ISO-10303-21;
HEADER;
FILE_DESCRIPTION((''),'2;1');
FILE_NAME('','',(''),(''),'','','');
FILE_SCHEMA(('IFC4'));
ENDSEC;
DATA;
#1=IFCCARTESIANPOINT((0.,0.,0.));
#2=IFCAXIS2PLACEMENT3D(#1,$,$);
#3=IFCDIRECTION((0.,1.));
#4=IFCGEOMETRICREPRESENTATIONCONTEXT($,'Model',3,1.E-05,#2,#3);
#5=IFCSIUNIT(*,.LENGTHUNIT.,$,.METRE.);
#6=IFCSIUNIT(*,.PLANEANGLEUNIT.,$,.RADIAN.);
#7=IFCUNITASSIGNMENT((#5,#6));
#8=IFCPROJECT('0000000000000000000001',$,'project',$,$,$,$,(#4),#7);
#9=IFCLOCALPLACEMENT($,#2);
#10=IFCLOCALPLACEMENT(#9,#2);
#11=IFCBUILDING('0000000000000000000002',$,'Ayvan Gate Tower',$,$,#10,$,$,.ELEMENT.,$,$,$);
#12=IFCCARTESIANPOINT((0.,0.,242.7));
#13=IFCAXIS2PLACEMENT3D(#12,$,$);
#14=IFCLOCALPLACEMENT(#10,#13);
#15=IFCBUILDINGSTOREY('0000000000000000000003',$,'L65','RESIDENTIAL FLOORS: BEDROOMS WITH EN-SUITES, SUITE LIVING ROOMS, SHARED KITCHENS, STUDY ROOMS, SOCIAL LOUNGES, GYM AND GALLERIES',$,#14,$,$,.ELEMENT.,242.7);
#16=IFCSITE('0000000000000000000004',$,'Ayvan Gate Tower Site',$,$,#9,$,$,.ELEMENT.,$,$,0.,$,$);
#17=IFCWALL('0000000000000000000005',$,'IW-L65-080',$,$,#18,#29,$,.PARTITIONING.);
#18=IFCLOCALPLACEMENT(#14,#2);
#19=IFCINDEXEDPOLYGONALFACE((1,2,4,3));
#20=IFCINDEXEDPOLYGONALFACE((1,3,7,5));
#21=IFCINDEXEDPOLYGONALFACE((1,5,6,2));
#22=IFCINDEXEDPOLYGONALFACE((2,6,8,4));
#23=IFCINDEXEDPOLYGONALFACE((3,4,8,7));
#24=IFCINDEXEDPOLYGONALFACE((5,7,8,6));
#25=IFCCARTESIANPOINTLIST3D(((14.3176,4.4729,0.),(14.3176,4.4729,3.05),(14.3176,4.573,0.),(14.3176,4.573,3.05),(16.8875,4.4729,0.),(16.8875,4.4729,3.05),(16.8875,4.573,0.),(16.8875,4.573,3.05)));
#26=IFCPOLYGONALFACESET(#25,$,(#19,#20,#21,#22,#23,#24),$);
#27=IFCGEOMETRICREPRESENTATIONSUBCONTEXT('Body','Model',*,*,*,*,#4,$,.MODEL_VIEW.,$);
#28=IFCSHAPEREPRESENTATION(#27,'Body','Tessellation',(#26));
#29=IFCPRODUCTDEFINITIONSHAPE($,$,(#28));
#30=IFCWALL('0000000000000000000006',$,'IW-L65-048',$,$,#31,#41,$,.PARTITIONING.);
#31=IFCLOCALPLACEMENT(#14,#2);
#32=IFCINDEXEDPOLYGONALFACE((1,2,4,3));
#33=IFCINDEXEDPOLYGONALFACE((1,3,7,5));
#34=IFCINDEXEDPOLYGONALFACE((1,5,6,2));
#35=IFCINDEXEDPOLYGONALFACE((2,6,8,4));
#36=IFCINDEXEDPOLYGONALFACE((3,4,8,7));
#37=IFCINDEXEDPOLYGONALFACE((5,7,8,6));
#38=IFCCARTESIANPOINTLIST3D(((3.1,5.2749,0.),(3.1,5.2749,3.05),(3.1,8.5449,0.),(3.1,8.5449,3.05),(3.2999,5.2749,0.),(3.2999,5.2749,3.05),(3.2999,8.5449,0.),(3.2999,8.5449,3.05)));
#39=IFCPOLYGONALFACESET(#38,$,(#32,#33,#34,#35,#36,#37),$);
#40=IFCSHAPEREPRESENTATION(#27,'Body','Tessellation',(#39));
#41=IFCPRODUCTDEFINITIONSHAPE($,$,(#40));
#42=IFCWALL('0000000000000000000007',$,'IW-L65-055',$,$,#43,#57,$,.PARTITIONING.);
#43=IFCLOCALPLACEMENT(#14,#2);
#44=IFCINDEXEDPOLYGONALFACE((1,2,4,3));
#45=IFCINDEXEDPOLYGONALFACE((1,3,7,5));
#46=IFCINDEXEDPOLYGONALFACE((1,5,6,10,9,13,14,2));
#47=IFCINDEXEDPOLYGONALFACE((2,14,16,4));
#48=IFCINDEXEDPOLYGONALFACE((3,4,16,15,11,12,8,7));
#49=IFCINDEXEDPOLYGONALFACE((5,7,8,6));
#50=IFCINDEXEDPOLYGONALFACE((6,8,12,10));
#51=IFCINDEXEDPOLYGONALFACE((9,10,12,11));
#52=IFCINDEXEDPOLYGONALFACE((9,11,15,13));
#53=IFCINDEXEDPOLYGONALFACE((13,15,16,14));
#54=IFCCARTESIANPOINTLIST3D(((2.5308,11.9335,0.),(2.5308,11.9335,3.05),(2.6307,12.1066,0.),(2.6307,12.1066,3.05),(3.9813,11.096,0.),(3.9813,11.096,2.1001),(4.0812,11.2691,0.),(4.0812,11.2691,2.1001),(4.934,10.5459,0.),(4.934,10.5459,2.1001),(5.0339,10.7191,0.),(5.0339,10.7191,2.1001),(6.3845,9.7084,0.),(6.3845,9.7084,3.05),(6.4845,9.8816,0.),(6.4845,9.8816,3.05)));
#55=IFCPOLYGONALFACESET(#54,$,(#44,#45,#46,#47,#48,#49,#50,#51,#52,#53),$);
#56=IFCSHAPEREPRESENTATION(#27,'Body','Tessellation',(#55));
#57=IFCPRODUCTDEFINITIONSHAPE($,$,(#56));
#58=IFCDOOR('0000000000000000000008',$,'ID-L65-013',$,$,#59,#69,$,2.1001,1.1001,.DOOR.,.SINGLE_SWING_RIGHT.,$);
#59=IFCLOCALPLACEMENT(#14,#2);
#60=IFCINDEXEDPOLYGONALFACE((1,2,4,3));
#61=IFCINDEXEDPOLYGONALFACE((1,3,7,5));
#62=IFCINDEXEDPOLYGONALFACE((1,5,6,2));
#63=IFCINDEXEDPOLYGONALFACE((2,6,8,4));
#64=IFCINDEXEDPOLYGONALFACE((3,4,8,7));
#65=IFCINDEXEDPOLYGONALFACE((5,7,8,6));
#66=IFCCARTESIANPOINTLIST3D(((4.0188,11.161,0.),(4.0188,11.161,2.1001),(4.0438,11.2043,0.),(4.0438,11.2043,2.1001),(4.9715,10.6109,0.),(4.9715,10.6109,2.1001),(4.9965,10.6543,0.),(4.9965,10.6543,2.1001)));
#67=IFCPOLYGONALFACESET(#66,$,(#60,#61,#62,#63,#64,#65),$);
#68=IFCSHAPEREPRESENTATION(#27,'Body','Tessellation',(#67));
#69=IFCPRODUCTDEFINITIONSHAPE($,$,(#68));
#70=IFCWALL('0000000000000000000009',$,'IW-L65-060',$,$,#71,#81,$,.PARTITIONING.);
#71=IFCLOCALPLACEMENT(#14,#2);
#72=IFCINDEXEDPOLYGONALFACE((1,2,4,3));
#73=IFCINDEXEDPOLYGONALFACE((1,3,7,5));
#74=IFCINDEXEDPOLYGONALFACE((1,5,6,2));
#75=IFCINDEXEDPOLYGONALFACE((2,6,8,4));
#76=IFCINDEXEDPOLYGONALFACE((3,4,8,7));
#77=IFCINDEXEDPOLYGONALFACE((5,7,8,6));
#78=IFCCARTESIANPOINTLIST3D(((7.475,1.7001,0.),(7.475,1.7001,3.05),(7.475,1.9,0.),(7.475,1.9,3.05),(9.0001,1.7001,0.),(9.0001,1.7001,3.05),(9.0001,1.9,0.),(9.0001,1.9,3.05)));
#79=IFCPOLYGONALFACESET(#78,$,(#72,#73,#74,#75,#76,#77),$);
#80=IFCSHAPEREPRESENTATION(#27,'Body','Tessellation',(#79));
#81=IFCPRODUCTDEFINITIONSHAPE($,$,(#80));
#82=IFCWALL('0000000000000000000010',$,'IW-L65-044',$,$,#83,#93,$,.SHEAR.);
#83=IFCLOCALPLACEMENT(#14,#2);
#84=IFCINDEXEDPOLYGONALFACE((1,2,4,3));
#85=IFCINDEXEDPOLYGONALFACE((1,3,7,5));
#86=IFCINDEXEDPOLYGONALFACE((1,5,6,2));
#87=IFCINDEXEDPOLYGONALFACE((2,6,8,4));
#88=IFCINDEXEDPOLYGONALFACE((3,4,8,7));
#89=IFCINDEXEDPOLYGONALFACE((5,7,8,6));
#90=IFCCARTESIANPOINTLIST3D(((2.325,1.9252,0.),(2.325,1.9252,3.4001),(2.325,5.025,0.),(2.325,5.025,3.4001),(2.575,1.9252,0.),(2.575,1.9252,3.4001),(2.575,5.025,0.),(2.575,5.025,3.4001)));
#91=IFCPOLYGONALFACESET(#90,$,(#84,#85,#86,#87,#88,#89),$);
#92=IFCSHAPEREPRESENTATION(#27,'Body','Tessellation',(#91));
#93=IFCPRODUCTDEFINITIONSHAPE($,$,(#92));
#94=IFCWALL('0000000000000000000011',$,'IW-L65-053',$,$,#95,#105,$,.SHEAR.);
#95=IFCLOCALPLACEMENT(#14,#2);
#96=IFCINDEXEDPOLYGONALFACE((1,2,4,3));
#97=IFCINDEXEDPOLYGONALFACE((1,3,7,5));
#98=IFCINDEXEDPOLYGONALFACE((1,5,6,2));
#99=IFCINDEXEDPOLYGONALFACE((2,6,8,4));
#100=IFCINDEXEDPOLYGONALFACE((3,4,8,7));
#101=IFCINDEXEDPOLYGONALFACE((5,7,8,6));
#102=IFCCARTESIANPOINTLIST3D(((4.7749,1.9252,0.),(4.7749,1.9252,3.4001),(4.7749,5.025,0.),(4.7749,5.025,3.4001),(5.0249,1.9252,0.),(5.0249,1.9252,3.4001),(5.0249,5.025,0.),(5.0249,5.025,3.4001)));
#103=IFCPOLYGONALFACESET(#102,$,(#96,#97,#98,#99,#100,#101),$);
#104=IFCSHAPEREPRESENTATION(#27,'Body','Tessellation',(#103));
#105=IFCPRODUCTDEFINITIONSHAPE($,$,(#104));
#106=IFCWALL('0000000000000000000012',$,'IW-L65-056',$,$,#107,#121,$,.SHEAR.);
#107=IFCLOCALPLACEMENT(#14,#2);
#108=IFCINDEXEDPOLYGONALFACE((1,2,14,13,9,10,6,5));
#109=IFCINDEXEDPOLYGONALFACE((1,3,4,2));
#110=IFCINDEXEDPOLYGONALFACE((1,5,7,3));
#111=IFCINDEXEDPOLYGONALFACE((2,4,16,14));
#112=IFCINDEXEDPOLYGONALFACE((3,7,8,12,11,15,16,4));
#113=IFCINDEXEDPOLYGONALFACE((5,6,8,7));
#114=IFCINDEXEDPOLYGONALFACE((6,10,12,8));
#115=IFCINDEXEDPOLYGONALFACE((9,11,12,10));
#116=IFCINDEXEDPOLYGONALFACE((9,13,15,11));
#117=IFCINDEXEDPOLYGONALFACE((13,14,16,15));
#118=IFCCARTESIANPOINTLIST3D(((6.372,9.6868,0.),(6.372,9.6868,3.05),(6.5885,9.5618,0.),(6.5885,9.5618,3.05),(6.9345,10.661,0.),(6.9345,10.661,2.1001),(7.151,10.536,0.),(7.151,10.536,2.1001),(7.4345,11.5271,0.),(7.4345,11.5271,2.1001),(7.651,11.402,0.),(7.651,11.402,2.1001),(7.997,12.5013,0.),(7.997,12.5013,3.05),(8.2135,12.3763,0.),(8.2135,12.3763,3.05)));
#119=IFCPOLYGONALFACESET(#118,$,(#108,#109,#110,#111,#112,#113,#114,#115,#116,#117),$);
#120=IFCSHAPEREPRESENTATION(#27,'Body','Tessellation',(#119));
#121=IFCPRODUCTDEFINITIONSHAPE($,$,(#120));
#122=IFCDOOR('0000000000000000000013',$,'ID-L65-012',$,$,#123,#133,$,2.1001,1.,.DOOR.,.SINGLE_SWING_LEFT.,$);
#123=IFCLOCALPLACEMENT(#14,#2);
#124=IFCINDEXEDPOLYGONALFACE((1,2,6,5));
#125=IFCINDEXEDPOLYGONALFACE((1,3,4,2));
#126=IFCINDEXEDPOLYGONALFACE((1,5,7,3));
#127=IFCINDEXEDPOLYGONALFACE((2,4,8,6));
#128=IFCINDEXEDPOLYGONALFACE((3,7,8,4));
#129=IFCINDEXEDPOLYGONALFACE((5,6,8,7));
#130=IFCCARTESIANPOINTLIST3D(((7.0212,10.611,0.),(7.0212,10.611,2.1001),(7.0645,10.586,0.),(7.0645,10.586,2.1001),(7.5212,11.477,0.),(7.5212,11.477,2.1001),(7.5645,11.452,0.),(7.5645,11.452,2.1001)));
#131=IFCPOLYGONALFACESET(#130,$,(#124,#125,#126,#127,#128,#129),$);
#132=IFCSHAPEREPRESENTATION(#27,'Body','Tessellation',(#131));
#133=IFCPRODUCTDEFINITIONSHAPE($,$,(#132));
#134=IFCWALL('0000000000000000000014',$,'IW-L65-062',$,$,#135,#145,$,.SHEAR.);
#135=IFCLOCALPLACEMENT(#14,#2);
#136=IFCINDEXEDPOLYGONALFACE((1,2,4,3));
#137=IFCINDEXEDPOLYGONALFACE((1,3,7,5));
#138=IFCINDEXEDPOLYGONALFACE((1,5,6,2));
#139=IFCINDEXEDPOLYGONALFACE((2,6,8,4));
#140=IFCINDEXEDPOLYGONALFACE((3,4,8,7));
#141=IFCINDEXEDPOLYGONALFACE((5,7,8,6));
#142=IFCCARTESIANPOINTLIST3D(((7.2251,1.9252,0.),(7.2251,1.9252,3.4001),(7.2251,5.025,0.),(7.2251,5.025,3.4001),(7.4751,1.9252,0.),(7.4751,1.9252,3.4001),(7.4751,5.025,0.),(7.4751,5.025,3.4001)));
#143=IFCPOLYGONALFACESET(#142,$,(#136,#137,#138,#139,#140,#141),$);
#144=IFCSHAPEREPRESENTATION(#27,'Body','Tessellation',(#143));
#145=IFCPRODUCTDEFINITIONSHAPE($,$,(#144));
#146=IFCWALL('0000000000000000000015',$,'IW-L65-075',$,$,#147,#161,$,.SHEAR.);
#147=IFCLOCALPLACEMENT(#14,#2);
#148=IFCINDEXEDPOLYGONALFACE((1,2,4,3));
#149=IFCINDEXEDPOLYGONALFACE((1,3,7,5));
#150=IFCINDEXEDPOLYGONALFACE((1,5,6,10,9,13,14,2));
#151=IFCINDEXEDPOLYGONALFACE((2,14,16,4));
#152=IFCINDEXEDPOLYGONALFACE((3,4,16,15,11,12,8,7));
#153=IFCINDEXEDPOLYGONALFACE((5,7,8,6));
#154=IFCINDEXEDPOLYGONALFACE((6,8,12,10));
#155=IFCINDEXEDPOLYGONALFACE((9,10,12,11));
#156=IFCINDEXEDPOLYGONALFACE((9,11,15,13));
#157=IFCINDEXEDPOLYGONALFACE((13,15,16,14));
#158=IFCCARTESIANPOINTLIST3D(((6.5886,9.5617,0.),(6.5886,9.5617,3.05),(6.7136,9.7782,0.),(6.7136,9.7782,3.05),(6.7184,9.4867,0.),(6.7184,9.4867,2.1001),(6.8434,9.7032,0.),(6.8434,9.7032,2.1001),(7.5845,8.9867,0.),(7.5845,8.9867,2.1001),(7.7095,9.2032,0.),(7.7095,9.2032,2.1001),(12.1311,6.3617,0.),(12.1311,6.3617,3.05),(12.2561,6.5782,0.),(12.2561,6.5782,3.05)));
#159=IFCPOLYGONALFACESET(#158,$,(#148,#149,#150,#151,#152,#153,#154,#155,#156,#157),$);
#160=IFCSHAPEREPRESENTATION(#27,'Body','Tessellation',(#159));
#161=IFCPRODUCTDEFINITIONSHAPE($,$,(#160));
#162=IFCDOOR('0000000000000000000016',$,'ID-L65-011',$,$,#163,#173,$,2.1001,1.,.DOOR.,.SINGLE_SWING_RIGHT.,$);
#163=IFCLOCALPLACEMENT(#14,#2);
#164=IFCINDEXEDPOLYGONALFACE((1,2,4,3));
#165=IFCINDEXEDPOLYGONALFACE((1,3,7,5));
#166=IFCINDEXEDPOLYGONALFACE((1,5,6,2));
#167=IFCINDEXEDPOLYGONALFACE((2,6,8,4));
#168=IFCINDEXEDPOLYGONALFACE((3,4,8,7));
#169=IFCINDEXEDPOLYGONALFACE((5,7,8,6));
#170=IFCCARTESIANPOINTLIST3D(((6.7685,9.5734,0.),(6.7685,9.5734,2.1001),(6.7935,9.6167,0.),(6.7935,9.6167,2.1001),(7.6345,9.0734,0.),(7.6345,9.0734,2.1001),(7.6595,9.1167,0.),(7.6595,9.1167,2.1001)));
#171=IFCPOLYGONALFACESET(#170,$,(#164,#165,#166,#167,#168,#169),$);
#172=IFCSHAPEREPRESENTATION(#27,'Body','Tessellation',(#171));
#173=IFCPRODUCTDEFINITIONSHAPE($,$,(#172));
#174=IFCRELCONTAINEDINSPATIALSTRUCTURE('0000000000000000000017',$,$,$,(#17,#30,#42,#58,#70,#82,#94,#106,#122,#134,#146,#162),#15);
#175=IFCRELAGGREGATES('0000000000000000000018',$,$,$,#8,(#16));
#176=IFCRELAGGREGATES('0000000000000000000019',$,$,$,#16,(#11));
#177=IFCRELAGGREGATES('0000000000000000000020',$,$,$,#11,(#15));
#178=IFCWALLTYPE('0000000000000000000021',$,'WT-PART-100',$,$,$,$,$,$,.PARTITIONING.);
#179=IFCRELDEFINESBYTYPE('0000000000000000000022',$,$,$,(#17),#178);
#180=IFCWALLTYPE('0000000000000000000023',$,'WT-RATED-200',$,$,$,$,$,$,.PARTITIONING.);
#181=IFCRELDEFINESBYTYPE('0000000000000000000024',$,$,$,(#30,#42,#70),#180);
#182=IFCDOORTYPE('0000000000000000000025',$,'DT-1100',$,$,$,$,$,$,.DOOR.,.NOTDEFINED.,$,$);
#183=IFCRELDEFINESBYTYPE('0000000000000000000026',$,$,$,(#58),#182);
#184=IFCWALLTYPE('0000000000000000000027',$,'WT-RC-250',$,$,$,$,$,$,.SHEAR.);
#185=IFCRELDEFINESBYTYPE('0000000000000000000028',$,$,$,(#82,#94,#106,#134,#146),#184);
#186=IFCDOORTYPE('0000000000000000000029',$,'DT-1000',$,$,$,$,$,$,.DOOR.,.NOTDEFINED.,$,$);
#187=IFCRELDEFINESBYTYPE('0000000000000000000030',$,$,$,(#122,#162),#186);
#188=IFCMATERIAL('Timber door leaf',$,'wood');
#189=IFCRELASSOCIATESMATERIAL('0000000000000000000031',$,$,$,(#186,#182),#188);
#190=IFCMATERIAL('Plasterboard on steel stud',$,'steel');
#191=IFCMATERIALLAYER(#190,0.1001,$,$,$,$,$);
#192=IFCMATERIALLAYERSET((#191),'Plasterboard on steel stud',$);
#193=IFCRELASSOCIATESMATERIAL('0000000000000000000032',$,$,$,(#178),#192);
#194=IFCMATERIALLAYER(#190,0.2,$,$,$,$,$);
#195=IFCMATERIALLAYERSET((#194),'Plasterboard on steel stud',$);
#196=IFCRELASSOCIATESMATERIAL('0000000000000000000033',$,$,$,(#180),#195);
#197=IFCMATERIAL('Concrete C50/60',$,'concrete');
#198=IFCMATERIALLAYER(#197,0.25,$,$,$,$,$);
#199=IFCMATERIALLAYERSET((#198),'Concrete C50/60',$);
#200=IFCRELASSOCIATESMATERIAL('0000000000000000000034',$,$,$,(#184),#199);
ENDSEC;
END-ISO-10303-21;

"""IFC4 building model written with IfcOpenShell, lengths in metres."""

from ifc_helpers import new_model, si_unit, direction, frame, frame_2d, origin, place, context, subcontext, project, spatial, rectangle, extrude, material, layer, layer_set, type_object, element, fill, save


model = new_model("IFC4")

# Units and contexts
model_context = context("Model", 3, precision=1e-05, world=origin(), true_north=direction((0.0, 1.0)))
body_context = subcontext(model_context, "Body", "Model", "MODEL_VIEW")
ifc_project = project(units=[si_unit("LENGTHUNIT", "METRE"), si_unit("PLANEANGLEUNIT", "RADIAN")], contexts=[model_context])

# Site, building, storey
site_placement = place(None, origin())
site = spatial("IfcSite", under=ifc_project, at=site_placement, Name="Ayvan Gate Tower Site", CompositionType="ELEMENT", RefElevation=0.0)
building_placement = place(site_placement, origin())
building = spatial("IfcBuilding", under=site, at=building_placement, Name="Ayvan Gate Tower", CompositionType="ELEMENT")
storey_placement = place(building_placement, frame((0.0, 0.0, 242.7)))
storey = spatial("IfcBuildingStorey", under=building, at=storey_placement, Name="L65", Description="RESIDENTIAL FLOORS: BEDROOMS WITH EN-SUITES, SUITE LIVING ROOMS, SHARED KITCHENS, STUDY ROOMS, SOCIAL LOUNGES, GYM AND GALLERIES", CompositionType="ELEMENT", Elevation=242.7)

# Shared definitions
ifc_material_1 = material(Name="Concrete C50/60", Category="concrete")

# Shared definitions
ifc_material_2 = material(Name="Timber door leaf", Category="wood")

# Shared definitions
ifc_material_3 = material(Name="Plasterboard on steel stud", Category="steel")
door_type_1 = type_object("IfcDoorType", Name="DT-1000", OperationType="NOTDEFINED", PredefinedType="DOOR", material=ifc_material_2)

# Shared definitions
ifc_layer_1 = layer(ifc_material_3, 0.1001)
ifc_layer_set_1 = layer_set([ifc_layer_1], Name="Plasterboard on steel stud")
wall_type_1 = type_object("IfcWallType", Name="WT-PART-100", PredefinedType="PARTITIONING", material=ifc_layer_set_1)

# Walls
wall_1_placement = place(storey_placement, frame((14.3176, 4.5229, 0.0), z_axis=(0.0, 0.0, 1.0), x_axis=(1.0, 0.0, 0.0)))
element("IfcWall", 1, at=wall_1_placement, inside=storey, type_object=wall_type_1, Name="IW-L65-080", PredefinedType="PARTITIONING", context=body_context, shape_type="SweptSolid", body=[
    extrude(rectangle(XDim=2.5698, YDim=0.1001, at=frame_2d((1.2849, 0.0))), origin(), (0.0, 0.0, 1.0), 3.05),
])
ifc_layer_2 = layer(ifc_material_3, 0.2)
ifc_layer_set_2 = layer_set([ifc_layer_2], Name="Plasterboard on steel stud")
wall_type_2 = type_object("IfcWallType", Name="WT-RATED-200", PredefinedType="PARTITIONING", material=ifc_layer_set_2)
wall_2_placement = place(storey_placement, frame((3.2, 8.5449, 0.0), z_axis=(0.0, 0.0, 1.0), x_axis=(0.0, -1.0, 0.0)))
element("IfcWall", 2, at=wall_2_placement, inside=storey, type_object=wall_type_2, Name="IW-L65-048", PredefinedType="PARTITIONING", context=body_context, shape_type="SweptSolid", body=[
    extrude(rectangle(XDim=3.27, YDim=0.2, at=frame_2d((1.635, 0.0))), origin(), (0.0, 0.0, 1.0), 3.05),
])

# Wall, opening, door
wall_3_placement = place(storey_placement, frame((6.4346, 9.7949, 0.0), z_axis=(0.0, 0.0, 1.0), x_axis=(-0.866013, 0.500022, 0.0)))
wall_3 = element("IfcWall", 3, at=wall_3_placement, inside=storey, type_object=wall_type_2, Name="IW-L65-055", PredefinedType="PARTITIONING", context=body_context, shape_type="SweptSolid", body=[
    extrude(rectangle(XDim=4.45, YDim=0.2, at=frame_2d((2.2251, 0.0))), origin(), (0.0, 0.0, 1.0), 3.05),
])
opening_1_placement = place(wall_3_placement, frame((1.675, 0.0, 0.0)))
opening_1 = element("IfcOpeningElement", 4, at=opening_1_placement, cuts=wall_3, PredefinedType="OPENING", context=body_context, shape_type="SweptSolid", body=[
    extrude(rectangle(XDim=1.1001, YDim=2.1001, at=frame_2d((0.55, 1.05))), frame((0.0, 0.1099, 0.0), z_axis=(0.0, -1.0, 0.0), x_axis=(1.0, 0.0, 0.0)), (0.0, 0.0, 1.0), 0.22),
])
door_type_2 = type_object("IfcDoorType", Name="DT-1100", OperationType="NOTDEFINED", PredefinedType="DOOR", material=ifc_material_2)
door_1_placement = place(opening_1_placement, origin())
door_1 = element("IfcDoor", 5, at=door_1_placement, inside=storey, type_object=door_type_2, Name="ID-L65-013", OperationType="SINGLE_SWING_RIGHT", OverallHeight=2.1001, OverallWidth=1.1001, PredefinedType="DOOR", context=body_context, shape_type="SweptSolid", body=[
    extrude(rectangle(XDim=1.1001, YDim=2.1001, at=frame_2d((0.55, 1.05))), frame((0.0, 0.0249, 0.0), z_axis=(0.0, -1.0, 0.0), x_axis=(1.0, 0.0, 0.0)), (0.0, 0.0, 1.0), 0.05),
])
fill(opening_1, door_1)

# Walls
wall_4_placement = place(storey_placement, frame((7.4749, 1.8, 0.0), z_axis=(0.0, 0.0, 1.0), x_axis=(1.0, 0.0, 0.0)))
element("IfcWall", 6, at=wall_4_placement, inside=storey, type_object=wall_type_2, Name="IW-L65-060", PredefinedType="PARTITIONING", context=body_context, shape_type="SweptSolid", body=[
    extrude(rectangle(XDim=1.5251, YDim=0.2, at=frame_2d((0.7627, 0.0))), origin(), (0.0, 0.0, 1.0), 3.05),
])
ifc_layer_3 = layer(ifc_material_1, 0.25)
ifc_layer_set_3 = layer_set([ifc_layer_3], Name="Concrete C50/60")
wall_type_3 = type_object("IfcWallType", Name="WT-RC-250", PredefinedType="SHEAR", material=ifc_layer_set_3)
for number, where, z_axis, x_axis, name in (
    (7, (2.45, 5.0249, 0.0), (0.0, 0.0, 1.0), (0.0, -1.0, 0.0), "IW-L65-044"),
    (8, (4.8999, 5.0249, 0.0), (0.0, 0.0, 1.0), (0.0, -1.0, 0.0), "IW-L65-053"),
):
    element("IfcWall", number, at=place(storey_placement, frame(where, z_axis=z_axis, x_axis=x_axis)), inside=storey, type_object=wall_type_3, Name=name, PredefinedType="SHEAR", context=body_context, shape_type="SweptSolid", body=[
        extrude(rectangle(XDim=3.0999, YDim=0.25, at=frame_2d((1.5498, 0.0))), origin(), (0.0, 0.0, 1.0), 3.4001),
    ])

# Wall, opening, door
wall_5_placement = place(storey_placement, frame((6.4802, 9.6243, 0.0), z_axis=(0.0, 0.0, 1.0), x_axis=(0.500017, 0.866015, 0.0)))
wall_5 = element("IfcWall", 9, at=wall_5_placement, inside=storey, type_object=wall_type_3, Name="IW-L65-056", PredefinedType="SHEAR", context=body_context, shape_type="SweptSolid", body=[
    extrude(rectangle(XDim=3.25, YDim=0.25, at=frame_2d((1.625, 0.0))), origin(), (0.0, 0.0, 1.0), 3.05),
])
opening_2_placement = place(wall_5_placement, frame((1.125, 0.0, 0.0)))
opening_2 = element("IfcOpeningElement", 10, at=opening_2_placement, cuts=wall_5, PredefinedType="OPENING", context=body_context, shape_type="SweptSolid", body=[
    extrude(rectangle(XDim=1.0, YDim=2.1001, at=frame_2d((0.5, 1.05))), frame((0.0, 0.135, 0.0), z_axis=(0.0, -1.0, 0.0), x_axis=(1.0, 0.0, 0.0)), (0.0, 0.0, 1.0), 0.27),
])
door_2_placement = place(opening_2_placement, origin())
door_2 = element("IfcDoor", 11, at=door_2_placement, inside=storey, type_object=door_type_1, Name="ID-L65-012", OperationType="SINGLE_SWING_LEFT", OverallHeight=2.1001, OverallWidth=1.0, PredefinedType="DOOR", context=body_context, shape_type="SweptSolid", body=[
    extrude(rectangle(XDim=1.0, YDim=2.1001, at=frame_2d((0.5, 1.05))), frame((0.0, 0.0249, 0.0), z_axis=(0.0, -1.0, 0.0), x_axis=(1.0, 0.0, 0.0)), (0.0, 0.0, 1.0), 0.05),
])
fill(opening_2, door_2)

# Wall
wall_6_placement = place(storey_placement, frame((7.3501, 5.0249, 0.0), z_axis=(0.0, 0.0, 1.0), x_axis=(0.0, -1.0, 0.0)))
element("IfcWall", 12, at=wall_6_placement, inside=storey, type_object=wall_type_3, Name="IW-L65-062", PredefinedType="SHEAR", context=body_context, shape_type="SweptSolid", body=[
    extrude(rectangle(XDim=3.0999, YDim=0.25, at=frame_2d((1.5498, 0.0))), origin(), (0.0, 0.0, 1.0), 3.4001),
])

# Wall, opening, door
wall_7_placement = place(storey_placement, frame((12.1936, 6.47, 0.0), z_axis=(0.0, 0.0, 1.0), x_axis=(-0.866025, 0.5, 0.0)))
wall_7 = element("IfcWall", 13, at=wall_7_placement, inside=storey, type_object=wall_type_3, Name="IW-L65-075", PredefinedType="SHEAR", context=body_context, shape_type="SweptSolid", body=[
    extrude(rectangle(XDim=6.3999, YDim=0.25, at=frame_2d((3.2, 0.0))), origin(), (0.0, 0.0, 1.0), 3.05),
])
opening_3_placement = place(wall_7_placement, frame((5.25, 0.0, 0.0)))
opening_3 = element("IfcOpeningElement", 14, at=opening_3_placement, cuts=wall_7, PredefinedType="OPENING", context=body_context, shape_type="SweptSolid", body=[
    extrude(rectangle(XDim=1.0, YDim=2.1001, at=frame_2d((0.5, 1.05))), frame((0.0, 0.135, 0.0), z_axis=(0.0, -1.0, 0.0), x_axis=(1.0, 0.0, 0.0)), (0.0, 0.0, 1.0), 0.27),
])
door_3_placement = place(opening_3_placement, origin())
door_3 = element("IfcDoor", 15, at=door_3_placement, inside=storey, type_object=door_type_1, Name="ID-L65-011", OperationType="SINGLE_SWING_RIGHT", OverallHeight=2.1001, OverallWidth=1.0, PredefinedType="DOOR", context=body_context, shape_type="SweptSolid", body=[
    extrude(rectangle(XDim=1.0, YDim=2.1001, at=frame_2d((0.5, 1.05))), frame((0.0, 0.0249, 0.0), z_axis=(0.0, -1.0, 0.0), x_axis=(1.0, 0.0, 0.0)), (0.0, 0.0, 1.0), 0.05),
])
fill(opening_3, door_3)

save(model, "model.ifc")
